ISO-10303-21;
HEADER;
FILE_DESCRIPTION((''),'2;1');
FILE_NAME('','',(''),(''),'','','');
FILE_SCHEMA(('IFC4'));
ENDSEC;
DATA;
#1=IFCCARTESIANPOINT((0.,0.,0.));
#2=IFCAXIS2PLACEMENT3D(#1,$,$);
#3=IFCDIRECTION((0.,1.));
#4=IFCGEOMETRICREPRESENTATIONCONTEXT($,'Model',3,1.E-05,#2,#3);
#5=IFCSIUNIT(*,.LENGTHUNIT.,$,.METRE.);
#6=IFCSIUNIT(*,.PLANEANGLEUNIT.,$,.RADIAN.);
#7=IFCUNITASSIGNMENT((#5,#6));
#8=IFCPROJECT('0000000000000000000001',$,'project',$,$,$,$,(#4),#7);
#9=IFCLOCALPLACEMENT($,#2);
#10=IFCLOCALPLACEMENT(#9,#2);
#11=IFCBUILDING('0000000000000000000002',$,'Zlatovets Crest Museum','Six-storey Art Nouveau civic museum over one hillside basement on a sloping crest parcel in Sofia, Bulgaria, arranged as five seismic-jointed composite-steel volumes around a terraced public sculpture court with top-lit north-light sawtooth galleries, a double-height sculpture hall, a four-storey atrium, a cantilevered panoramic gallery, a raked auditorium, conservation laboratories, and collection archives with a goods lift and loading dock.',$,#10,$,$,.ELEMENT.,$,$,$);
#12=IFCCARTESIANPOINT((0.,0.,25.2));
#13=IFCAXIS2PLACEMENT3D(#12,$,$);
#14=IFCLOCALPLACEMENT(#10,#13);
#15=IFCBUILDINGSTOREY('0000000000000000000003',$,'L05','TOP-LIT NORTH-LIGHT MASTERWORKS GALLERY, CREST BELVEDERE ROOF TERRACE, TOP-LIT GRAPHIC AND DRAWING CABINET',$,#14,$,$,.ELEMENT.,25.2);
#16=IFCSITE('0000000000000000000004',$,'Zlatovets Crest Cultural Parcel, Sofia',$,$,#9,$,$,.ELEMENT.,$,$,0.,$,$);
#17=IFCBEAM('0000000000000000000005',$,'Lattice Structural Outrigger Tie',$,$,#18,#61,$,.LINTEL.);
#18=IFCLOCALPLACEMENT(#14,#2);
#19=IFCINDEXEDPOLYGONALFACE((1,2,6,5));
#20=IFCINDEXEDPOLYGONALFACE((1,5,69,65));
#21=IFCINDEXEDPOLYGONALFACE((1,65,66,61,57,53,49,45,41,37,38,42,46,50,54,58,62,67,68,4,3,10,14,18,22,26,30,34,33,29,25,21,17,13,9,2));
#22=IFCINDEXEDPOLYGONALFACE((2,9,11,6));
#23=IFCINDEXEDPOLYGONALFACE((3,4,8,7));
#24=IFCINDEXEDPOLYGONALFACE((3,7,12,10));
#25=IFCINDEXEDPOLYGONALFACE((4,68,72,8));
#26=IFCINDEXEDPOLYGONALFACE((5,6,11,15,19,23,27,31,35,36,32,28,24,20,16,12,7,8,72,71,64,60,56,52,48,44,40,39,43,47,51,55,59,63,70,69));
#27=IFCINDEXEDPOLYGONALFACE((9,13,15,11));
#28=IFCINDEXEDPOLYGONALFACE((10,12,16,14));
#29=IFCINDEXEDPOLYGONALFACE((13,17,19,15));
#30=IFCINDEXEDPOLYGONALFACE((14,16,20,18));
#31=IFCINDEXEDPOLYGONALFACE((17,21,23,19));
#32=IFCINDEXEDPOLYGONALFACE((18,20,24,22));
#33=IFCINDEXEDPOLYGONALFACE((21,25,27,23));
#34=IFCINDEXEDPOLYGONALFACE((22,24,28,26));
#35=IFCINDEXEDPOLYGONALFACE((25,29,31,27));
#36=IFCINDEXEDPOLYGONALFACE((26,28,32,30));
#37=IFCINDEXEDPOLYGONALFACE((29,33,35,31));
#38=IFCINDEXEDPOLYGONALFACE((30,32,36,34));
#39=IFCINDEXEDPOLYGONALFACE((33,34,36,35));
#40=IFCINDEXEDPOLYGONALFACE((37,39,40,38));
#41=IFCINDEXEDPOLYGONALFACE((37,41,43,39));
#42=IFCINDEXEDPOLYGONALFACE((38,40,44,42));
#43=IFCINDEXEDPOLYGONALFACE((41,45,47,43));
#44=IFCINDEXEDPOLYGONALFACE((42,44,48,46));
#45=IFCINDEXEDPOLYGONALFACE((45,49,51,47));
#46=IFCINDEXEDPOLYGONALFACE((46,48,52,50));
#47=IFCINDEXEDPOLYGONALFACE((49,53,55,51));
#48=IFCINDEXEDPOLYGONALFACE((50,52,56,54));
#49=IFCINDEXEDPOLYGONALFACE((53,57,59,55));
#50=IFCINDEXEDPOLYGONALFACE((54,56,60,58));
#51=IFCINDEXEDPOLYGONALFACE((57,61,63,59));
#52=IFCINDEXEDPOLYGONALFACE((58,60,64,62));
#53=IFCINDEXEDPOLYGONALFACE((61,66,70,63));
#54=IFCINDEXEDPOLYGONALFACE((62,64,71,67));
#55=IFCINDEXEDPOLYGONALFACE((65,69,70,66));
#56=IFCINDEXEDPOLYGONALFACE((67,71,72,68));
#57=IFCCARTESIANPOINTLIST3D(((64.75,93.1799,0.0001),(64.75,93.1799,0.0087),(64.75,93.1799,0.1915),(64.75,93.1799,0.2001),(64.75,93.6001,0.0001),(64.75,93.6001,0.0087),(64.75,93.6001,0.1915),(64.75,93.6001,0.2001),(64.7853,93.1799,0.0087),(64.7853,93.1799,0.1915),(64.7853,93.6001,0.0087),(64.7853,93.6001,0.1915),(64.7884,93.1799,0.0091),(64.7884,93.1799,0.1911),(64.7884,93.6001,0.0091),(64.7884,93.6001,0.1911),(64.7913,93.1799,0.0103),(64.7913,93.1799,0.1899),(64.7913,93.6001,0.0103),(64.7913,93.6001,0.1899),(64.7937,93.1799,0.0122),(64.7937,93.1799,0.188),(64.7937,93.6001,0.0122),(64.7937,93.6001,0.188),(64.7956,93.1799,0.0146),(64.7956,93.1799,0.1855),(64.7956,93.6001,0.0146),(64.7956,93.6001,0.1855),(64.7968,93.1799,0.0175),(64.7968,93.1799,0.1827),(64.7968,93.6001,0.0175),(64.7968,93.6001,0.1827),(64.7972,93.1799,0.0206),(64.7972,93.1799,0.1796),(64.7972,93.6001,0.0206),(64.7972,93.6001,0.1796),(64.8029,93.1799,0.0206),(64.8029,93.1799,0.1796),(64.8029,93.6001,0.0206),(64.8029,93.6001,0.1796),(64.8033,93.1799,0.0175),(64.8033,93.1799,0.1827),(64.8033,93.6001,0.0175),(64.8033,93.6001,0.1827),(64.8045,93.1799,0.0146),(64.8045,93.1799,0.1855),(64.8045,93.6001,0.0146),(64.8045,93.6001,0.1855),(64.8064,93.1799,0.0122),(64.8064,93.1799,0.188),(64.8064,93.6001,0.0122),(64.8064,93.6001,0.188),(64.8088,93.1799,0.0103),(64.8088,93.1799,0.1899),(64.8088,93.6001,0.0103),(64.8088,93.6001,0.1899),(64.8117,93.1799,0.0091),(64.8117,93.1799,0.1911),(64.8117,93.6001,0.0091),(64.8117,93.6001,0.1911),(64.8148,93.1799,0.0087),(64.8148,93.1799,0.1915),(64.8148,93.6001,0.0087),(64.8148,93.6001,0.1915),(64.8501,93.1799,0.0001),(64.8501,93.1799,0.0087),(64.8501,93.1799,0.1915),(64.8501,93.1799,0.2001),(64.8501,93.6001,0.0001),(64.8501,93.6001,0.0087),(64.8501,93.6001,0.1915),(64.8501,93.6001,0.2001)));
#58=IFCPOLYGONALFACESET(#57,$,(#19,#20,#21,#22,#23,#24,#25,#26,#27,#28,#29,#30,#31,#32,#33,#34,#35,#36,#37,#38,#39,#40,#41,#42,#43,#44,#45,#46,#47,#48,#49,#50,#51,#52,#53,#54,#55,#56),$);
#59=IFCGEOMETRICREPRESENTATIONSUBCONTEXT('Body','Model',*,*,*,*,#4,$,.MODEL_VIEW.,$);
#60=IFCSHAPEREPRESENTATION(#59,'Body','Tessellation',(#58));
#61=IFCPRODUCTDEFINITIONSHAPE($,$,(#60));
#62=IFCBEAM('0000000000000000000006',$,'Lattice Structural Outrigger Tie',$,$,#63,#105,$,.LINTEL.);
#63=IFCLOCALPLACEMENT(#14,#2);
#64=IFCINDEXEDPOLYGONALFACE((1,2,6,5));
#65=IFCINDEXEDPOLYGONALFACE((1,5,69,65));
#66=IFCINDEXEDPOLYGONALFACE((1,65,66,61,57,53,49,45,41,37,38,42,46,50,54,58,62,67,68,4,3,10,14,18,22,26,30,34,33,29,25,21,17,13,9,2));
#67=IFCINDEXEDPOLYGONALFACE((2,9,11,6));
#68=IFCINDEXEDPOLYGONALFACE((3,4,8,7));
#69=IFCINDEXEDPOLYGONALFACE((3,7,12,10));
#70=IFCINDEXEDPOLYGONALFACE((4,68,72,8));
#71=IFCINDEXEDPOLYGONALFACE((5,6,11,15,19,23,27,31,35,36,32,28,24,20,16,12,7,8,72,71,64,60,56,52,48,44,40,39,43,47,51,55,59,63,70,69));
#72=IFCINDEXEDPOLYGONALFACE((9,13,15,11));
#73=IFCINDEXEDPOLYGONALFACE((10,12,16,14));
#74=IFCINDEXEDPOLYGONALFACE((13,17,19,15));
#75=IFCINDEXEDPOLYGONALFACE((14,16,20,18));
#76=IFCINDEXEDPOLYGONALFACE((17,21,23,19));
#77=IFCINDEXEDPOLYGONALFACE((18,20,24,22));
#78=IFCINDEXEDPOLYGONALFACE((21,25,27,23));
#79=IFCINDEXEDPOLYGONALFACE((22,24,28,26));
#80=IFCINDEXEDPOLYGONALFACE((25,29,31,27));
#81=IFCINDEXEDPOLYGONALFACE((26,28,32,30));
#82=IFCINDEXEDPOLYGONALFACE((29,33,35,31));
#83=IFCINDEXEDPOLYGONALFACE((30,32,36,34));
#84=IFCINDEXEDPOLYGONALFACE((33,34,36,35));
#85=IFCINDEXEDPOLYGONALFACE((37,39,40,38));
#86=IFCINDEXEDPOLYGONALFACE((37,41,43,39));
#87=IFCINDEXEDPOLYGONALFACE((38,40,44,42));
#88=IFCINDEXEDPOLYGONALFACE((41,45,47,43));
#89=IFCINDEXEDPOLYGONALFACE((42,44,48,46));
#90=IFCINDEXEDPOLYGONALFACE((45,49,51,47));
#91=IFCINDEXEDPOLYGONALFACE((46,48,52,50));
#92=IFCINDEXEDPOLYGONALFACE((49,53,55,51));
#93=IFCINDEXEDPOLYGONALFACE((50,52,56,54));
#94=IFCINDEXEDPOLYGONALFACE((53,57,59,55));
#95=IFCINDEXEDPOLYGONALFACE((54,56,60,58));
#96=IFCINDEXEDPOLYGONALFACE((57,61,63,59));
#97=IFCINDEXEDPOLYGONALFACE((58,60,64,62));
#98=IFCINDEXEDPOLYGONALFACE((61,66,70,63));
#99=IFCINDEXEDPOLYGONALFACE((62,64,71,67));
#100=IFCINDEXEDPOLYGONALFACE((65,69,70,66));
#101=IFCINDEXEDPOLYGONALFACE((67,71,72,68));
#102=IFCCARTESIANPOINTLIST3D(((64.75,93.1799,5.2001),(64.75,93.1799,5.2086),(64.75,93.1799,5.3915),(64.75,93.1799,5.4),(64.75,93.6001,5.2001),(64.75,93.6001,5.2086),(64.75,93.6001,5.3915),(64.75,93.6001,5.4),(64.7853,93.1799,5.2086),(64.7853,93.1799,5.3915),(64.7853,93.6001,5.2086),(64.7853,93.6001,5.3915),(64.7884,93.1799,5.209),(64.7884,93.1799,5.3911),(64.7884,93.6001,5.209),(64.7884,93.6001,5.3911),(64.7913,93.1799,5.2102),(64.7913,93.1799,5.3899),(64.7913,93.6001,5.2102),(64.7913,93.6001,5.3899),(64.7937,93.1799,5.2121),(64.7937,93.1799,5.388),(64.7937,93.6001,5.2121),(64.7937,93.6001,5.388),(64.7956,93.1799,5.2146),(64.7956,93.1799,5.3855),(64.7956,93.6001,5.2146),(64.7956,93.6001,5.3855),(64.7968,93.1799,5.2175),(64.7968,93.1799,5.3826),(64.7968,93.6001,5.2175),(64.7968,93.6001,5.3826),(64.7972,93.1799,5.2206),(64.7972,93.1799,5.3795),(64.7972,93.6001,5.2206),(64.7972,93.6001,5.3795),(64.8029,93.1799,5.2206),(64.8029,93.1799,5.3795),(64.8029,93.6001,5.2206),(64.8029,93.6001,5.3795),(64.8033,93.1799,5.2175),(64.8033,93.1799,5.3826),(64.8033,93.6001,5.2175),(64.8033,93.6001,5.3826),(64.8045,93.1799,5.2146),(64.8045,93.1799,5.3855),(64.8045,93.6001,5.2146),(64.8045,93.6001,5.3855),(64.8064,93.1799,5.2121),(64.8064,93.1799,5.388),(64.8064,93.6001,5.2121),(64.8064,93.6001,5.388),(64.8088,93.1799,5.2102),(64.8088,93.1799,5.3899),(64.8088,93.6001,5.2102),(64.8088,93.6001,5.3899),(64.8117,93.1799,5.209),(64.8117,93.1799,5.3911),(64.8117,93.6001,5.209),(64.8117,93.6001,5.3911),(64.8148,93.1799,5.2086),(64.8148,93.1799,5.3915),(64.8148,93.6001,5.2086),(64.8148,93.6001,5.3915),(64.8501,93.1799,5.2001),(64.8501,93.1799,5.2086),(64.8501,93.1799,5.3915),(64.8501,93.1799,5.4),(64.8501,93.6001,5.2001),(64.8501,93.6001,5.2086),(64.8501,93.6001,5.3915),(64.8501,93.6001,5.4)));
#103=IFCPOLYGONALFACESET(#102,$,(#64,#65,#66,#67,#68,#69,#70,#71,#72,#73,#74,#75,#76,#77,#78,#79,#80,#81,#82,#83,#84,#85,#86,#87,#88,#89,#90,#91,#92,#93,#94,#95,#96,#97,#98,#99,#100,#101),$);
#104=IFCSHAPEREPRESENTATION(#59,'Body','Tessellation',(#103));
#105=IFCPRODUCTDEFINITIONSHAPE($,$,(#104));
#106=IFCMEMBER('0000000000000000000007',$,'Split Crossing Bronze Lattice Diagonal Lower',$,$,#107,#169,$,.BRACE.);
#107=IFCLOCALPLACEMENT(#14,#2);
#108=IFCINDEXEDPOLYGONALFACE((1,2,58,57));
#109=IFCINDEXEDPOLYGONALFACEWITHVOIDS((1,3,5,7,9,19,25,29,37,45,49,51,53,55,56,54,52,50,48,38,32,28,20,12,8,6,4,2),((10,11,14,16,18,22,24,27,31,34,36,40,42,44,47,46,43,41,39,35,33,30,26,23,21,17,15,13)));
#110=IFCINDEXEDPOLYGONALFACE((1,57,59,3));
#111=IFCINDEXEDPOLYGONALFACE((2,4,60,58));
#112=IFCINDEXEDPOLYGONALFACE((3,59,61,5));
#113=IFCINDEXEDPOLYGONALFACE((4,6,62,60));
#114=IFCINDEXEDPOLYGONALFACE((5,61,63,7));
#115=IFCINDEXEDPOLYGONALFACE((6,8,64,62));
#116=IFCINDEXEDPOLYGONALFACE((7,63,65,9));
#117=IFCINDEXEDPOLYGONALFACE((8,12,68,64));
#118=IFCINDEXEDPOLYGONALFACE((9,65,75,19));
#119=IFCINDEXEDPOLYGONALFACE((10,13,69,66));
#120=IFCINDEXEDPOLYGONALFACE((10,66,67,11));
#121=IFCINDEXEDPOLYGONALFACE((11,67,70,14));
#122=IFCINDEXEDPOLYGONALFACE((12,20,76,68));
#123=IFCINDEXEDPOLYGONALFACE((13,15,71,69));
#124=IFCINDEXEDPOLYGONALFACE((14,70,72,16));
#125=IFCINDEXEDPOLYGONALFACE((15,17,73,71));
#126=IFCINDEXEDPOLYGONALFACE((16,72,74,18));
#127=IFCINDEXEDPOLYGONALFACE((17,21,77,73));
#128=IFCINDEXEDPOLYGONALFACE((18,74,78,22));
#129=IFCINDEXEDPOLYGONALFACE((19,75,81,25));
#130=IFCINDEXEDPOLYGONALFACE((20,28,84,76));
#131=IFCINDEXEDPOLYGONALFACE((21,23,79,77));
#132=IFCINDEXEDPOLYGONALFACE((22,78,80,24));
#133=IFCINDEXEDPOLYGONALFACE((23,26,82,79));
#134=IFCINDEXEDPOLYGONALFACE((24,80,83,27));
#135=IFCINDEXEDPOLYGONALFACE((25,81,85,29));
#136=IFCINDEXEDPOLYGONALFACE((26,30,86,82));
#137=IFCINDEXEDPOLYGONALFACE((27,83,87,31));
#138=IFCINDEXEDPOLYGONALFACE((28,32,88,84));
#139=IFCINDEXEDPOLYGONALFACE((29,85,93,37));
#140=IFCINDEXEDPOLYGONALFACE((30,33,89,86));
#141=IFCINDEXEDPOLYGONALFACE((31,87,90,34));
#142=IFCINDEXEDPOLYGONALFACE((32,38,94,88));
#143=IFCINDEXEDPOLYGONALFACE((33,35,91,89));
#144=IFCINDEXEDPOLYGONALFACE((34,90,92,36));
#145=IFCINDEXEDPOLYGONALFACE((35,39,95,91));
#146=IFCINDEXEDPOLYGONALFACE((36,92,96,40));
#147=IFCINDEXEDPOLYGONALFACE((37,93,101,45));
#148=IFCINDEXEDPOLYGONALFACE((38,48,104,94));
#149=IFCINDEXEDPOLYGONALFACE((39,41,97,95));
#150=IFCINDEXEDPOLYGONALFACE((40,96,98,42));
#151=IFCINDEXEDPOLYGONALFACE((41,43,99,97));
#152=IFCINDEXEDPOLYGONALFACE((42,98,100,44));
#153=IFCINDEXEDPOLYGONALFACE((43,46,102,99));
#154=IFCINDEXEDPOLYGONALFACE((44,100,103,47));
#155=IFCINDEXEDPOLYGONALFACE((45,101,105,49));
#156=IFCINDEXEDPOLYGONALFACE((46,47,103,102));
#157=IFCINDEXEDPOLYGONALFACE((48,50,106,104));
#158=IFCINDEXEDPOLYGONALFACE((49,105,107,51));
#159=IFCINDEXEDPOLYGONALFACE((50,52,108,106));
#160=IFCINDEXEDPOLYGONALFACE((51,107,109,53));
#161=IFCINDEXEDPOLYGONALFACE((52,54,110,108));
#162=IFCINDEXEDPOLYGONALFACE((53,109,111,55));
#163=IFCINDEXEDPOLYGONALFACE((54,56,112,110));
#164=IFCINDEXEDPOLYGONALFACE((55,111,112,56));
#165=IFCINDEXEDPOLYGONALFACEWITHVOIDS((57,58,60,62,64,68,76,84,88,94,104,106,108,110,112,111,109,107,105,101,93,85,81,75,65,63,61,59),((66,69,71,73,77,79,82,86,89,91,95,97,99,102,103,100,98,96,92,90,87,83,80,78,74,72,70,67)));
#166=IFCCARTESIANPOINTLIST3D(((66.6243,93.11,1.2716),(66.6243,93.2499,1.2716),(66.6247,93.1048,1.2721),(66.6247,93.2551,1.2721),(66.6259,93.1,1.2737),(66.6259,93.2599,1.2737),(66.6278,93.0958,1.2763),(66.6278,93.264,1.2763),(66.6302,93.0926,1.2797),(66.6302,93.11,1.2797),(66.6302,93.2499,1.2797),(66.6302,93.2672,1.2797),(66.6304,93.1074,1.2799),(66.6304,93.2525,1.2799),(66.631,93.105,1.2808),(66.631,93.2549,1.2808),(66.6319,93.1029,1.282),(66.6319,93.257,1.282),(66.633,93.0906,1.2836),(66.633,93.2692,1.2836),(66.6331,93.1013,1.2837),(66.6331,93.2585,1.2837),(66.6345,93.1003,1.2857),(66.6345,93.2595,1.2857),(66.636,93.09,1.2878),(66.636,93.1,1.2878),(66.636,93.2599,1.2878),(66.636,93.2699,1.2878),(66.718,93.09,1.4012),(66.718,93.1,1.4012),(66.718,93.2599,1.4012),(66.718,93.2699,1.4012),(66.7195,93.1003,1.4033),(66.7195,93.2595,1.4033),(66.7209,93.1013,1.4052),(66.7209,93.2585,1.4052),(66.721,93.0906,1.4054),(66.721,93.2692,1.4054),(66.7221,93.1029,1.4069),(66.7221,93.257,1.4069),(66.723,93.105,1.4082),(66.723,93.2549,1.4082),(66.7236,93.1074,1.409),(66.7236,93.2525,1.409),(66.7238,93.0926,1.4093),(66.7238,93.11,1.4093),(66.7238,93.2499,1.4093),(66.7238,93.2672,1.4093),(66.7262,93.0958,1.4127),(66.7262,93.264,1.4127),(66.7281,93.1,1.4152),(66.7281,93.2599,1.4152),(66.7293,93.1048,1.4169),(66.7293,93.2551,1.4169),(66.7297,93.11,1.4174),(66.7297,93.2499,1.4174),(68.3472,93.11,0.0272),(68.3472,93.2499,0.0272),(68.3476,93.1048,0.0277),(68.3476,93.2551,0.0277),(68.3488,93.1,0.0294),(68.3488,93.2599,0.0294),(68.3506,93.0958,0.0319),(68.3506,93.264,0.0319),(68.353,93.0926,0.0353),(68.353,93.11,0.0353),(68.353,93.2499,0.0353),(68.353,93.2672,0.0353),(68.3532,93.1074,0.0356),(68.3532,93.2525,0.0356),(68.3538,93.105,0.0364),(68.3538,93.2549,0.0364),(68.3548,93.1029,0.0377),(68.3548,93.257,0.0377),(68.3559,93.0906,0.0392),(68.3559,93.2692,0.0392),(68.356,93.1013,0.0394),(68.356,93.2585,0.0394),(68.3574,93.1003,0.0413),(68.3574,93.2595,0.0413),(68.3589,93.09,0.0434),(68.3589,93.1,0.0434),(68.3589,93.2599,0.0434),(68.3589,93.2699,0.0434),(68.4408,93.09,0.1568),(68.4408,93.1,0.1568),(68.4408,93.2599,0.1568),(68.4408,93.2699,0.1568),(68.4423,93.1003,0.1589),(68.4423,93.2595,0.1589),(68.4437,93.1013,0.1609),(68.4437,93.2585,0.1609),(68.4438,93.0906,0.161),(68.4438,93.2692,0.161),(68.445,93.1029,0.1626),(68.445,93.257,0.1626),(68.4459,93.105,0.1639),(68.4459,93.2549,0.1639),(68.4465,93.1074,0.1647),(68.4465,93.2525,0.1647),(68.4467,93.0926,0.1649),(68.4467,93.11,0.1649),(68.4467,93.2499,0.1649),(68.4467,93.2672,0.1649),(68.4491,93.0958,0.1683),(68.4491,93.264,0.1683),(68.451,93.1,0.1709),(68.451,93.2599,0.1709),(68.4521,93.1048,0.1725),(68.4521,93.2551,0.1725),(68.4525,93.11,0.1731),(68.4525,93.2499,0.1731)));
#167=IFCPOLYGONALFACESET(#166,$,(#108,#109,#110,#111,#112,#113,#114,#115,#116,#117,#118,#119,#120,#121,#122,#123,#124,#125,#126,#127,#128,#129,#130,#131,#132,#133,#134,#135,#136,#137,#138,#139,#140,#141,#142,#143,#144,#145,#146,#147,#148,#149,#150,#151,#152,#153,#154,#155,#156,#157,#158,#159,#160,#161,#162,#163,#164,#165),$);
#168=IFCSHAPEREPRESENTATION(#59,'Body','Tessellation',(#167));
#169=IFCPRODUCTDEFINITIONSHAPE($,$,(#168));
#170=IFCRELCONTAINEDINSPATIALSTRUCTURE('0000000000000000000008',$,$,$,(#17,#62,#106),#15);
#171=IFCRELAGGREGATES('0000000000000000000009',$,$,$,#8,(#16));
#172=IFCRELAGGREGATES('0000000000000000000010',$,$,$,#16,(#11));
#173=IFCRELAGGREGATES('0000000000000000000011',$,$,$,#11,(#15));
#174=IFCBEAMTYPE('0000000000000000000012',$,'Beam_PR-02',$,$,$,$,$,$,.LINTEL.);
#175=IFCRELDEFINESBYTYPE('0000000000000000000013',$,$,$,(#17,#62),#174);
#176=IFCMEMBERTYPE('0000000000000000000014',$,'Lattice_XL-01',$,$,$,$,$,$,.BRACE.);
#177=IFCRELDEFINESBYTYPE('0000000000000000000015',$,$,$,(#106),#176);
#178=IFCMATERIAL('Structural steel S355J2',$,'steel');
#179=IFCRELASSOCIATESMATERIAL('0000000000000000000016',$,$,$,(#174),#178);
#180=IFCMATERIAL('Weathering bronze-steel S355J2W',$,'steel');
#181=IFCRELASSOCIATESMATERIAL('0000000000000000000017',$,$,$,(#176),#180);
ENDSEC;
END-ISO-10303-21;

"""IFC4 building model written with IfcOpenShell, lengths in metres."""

from ifc_helpers import new_model, si_unit, direction, frame, origin, origin_2d, place, context, subcontext, project, spatial, hollow_rectangle, i_section, extrude, material, material_profile, profile_set, type_object, element, save


model = new_model("IFC4")

# Units and contexts
model_context = context("Model", 3, precision=1e-05, world=origin(), true_north=direction((0.0, 1.0)))
body_context = subcontext(model_context, "Body", "Model", "MODEL_VIEW")
ifc_project = project(units=[si_unit("LENGTHUNIT", "METRE"), si_unit("PLANEANGLEUNIT", "RADIAN")], contexts=[model_context])

# Site, building, storey
site_placement = place(None, origin())
site = spatial("IfcSite", under=ifc_project, at=site_placement, Name="Zlatovets Crest Cultural Parcel, Sofia", CompositionType="ELEMENT", RefElevation=0.0)
building_placement = place(site_placement, origin())
building = spatial("IfcBuilding", under=site, at=building_placement, Name="Zlatovets Crest Museum", Description="Six-storey Art Nouveau civic museum over one hillside basement on a sloping crest parcel in Sofia, Bulgaria, arranged as five seismic-jointed composite-steel volumes around a terraced public sculpture court with top-lit north-light sawtooth galleries, a double-height sculpture hall, a four-storey atrium, a cantilevered panoramic gallery, a raked auditorium, conservation laboratories, and collection archives with a goods lift and loading dock.", CompositionType="ELEMENT")
storey_placement = place(building_placement, frame((0.0, 0.0, 25.2)))
storey = spatial("IfcBuildingStorey", under=building, at=storey_placement, Name="L05", Description="TOP-LIT NORTH-LIGHT MASTERWORKS GALLERY, CREST BELVEDERE ROOF TERRACE, TOP-LIT GRAPHIC AND DRAWING CABINET", CompositionType="ELEMENT", Elevation=25.2)

# Beams
ifc_material_1 = material(Name="Structural steel S355J2", Category="steel")
ifc_material_profile_1 = material_profile(ifc_material_1, i_section(OverallWidth=0.1001, OverallDepth=0.2, WebThickness=0.0056, FlangeThickness=0.0085, FilletRadius=0.012, at=origin_2d()), Name="IPE 200")
ifc_profile_set_1 = profile_set([ifc_material_profile_1], Name="Structural steel S355J2")
beam_type = type_object("IfcBeamType", Name="Beam_PR-02", PredefinedType="LINTEL", material=ifc_profile_set_1)
for number, where, z_axis, x_axis, name in (
    (1, (64.8, 93.6001, 0.1001), (0.0, -1.0, 0.0), (1.0, 0.0, 0.0), "Lattice Structural Outrigger Tie"),
    (2, (64.8, 93.6001, 5.3), (0.0, -1.0, 0.0), (1.0, 0.0, 0.0), "Lattice Structural Outrigger Tie"),
):
    element("IfcBeam", number, at=place(storey_placement, frame(where, z_axis=z_axis, x_axis=x_axis)), inside=storey, type_object=beam_type, Name=name, PredefinedType="LINTEL", context=body_context, shape_type="SweptSolid", body=[
        extrude(i_section(OverallWidth=0.1001, OverallDepth=0.2, WebThickness=0.0056, FlangeThickness=0.0085, FilletRadius=0.012, at=origin_2d()), origin(), (0.0, 0.0, 1.0), 0.4202),
    ])

# Member
ifc_material_2 = material(Name="Weathering bronze-steel S355J2W", Category="steel")
ifc_material_profile_2 = material_profile(ifc_material_2, hollow_rectangle(XDim=0.1799, YDim=0.1799, WallThickness=0.01, InnerFilletRadius=0.01, OuterFilletRadius=0.02, at=origin_2d()), Name="SHS 180x180x10.0")
ifc_profile_set_2 = profile_set([ifc_material_profile_2], Name="Weathering bronze-steel S355J2W")
member_type = type_object("IfcMemberType", Name="Lattice_XL-01", PredefinedType="BRACE", material=ifc_profile_set_2)
member_1_placement = place(storey_placement, frame((66.677, 93.1799, 1.3445), z_axis=(0.810664, 0.0, -0.585512), x_axis=(0.0, 1.0, 0.0)))
element("IfcMember", 3, at=member_1_placement, inside=storey, type_object=member_type, Name="Split Crossing Bronze Lattice Diagonal Lower", PredefinedType="BRACE", context=body_context, shape_type="SweptSolid", body=[
    extrude(hollow_rectangle(XDim=0.1799, YDim=0.1799, WallThickness=0.01, InnerFilletRadius=0.01, OuterFilletRadius=0.02, at=origin_2d()), origin(), (0.0, 0.0, 1.0), 2.1252),
])

save(model, "model.ifc")
